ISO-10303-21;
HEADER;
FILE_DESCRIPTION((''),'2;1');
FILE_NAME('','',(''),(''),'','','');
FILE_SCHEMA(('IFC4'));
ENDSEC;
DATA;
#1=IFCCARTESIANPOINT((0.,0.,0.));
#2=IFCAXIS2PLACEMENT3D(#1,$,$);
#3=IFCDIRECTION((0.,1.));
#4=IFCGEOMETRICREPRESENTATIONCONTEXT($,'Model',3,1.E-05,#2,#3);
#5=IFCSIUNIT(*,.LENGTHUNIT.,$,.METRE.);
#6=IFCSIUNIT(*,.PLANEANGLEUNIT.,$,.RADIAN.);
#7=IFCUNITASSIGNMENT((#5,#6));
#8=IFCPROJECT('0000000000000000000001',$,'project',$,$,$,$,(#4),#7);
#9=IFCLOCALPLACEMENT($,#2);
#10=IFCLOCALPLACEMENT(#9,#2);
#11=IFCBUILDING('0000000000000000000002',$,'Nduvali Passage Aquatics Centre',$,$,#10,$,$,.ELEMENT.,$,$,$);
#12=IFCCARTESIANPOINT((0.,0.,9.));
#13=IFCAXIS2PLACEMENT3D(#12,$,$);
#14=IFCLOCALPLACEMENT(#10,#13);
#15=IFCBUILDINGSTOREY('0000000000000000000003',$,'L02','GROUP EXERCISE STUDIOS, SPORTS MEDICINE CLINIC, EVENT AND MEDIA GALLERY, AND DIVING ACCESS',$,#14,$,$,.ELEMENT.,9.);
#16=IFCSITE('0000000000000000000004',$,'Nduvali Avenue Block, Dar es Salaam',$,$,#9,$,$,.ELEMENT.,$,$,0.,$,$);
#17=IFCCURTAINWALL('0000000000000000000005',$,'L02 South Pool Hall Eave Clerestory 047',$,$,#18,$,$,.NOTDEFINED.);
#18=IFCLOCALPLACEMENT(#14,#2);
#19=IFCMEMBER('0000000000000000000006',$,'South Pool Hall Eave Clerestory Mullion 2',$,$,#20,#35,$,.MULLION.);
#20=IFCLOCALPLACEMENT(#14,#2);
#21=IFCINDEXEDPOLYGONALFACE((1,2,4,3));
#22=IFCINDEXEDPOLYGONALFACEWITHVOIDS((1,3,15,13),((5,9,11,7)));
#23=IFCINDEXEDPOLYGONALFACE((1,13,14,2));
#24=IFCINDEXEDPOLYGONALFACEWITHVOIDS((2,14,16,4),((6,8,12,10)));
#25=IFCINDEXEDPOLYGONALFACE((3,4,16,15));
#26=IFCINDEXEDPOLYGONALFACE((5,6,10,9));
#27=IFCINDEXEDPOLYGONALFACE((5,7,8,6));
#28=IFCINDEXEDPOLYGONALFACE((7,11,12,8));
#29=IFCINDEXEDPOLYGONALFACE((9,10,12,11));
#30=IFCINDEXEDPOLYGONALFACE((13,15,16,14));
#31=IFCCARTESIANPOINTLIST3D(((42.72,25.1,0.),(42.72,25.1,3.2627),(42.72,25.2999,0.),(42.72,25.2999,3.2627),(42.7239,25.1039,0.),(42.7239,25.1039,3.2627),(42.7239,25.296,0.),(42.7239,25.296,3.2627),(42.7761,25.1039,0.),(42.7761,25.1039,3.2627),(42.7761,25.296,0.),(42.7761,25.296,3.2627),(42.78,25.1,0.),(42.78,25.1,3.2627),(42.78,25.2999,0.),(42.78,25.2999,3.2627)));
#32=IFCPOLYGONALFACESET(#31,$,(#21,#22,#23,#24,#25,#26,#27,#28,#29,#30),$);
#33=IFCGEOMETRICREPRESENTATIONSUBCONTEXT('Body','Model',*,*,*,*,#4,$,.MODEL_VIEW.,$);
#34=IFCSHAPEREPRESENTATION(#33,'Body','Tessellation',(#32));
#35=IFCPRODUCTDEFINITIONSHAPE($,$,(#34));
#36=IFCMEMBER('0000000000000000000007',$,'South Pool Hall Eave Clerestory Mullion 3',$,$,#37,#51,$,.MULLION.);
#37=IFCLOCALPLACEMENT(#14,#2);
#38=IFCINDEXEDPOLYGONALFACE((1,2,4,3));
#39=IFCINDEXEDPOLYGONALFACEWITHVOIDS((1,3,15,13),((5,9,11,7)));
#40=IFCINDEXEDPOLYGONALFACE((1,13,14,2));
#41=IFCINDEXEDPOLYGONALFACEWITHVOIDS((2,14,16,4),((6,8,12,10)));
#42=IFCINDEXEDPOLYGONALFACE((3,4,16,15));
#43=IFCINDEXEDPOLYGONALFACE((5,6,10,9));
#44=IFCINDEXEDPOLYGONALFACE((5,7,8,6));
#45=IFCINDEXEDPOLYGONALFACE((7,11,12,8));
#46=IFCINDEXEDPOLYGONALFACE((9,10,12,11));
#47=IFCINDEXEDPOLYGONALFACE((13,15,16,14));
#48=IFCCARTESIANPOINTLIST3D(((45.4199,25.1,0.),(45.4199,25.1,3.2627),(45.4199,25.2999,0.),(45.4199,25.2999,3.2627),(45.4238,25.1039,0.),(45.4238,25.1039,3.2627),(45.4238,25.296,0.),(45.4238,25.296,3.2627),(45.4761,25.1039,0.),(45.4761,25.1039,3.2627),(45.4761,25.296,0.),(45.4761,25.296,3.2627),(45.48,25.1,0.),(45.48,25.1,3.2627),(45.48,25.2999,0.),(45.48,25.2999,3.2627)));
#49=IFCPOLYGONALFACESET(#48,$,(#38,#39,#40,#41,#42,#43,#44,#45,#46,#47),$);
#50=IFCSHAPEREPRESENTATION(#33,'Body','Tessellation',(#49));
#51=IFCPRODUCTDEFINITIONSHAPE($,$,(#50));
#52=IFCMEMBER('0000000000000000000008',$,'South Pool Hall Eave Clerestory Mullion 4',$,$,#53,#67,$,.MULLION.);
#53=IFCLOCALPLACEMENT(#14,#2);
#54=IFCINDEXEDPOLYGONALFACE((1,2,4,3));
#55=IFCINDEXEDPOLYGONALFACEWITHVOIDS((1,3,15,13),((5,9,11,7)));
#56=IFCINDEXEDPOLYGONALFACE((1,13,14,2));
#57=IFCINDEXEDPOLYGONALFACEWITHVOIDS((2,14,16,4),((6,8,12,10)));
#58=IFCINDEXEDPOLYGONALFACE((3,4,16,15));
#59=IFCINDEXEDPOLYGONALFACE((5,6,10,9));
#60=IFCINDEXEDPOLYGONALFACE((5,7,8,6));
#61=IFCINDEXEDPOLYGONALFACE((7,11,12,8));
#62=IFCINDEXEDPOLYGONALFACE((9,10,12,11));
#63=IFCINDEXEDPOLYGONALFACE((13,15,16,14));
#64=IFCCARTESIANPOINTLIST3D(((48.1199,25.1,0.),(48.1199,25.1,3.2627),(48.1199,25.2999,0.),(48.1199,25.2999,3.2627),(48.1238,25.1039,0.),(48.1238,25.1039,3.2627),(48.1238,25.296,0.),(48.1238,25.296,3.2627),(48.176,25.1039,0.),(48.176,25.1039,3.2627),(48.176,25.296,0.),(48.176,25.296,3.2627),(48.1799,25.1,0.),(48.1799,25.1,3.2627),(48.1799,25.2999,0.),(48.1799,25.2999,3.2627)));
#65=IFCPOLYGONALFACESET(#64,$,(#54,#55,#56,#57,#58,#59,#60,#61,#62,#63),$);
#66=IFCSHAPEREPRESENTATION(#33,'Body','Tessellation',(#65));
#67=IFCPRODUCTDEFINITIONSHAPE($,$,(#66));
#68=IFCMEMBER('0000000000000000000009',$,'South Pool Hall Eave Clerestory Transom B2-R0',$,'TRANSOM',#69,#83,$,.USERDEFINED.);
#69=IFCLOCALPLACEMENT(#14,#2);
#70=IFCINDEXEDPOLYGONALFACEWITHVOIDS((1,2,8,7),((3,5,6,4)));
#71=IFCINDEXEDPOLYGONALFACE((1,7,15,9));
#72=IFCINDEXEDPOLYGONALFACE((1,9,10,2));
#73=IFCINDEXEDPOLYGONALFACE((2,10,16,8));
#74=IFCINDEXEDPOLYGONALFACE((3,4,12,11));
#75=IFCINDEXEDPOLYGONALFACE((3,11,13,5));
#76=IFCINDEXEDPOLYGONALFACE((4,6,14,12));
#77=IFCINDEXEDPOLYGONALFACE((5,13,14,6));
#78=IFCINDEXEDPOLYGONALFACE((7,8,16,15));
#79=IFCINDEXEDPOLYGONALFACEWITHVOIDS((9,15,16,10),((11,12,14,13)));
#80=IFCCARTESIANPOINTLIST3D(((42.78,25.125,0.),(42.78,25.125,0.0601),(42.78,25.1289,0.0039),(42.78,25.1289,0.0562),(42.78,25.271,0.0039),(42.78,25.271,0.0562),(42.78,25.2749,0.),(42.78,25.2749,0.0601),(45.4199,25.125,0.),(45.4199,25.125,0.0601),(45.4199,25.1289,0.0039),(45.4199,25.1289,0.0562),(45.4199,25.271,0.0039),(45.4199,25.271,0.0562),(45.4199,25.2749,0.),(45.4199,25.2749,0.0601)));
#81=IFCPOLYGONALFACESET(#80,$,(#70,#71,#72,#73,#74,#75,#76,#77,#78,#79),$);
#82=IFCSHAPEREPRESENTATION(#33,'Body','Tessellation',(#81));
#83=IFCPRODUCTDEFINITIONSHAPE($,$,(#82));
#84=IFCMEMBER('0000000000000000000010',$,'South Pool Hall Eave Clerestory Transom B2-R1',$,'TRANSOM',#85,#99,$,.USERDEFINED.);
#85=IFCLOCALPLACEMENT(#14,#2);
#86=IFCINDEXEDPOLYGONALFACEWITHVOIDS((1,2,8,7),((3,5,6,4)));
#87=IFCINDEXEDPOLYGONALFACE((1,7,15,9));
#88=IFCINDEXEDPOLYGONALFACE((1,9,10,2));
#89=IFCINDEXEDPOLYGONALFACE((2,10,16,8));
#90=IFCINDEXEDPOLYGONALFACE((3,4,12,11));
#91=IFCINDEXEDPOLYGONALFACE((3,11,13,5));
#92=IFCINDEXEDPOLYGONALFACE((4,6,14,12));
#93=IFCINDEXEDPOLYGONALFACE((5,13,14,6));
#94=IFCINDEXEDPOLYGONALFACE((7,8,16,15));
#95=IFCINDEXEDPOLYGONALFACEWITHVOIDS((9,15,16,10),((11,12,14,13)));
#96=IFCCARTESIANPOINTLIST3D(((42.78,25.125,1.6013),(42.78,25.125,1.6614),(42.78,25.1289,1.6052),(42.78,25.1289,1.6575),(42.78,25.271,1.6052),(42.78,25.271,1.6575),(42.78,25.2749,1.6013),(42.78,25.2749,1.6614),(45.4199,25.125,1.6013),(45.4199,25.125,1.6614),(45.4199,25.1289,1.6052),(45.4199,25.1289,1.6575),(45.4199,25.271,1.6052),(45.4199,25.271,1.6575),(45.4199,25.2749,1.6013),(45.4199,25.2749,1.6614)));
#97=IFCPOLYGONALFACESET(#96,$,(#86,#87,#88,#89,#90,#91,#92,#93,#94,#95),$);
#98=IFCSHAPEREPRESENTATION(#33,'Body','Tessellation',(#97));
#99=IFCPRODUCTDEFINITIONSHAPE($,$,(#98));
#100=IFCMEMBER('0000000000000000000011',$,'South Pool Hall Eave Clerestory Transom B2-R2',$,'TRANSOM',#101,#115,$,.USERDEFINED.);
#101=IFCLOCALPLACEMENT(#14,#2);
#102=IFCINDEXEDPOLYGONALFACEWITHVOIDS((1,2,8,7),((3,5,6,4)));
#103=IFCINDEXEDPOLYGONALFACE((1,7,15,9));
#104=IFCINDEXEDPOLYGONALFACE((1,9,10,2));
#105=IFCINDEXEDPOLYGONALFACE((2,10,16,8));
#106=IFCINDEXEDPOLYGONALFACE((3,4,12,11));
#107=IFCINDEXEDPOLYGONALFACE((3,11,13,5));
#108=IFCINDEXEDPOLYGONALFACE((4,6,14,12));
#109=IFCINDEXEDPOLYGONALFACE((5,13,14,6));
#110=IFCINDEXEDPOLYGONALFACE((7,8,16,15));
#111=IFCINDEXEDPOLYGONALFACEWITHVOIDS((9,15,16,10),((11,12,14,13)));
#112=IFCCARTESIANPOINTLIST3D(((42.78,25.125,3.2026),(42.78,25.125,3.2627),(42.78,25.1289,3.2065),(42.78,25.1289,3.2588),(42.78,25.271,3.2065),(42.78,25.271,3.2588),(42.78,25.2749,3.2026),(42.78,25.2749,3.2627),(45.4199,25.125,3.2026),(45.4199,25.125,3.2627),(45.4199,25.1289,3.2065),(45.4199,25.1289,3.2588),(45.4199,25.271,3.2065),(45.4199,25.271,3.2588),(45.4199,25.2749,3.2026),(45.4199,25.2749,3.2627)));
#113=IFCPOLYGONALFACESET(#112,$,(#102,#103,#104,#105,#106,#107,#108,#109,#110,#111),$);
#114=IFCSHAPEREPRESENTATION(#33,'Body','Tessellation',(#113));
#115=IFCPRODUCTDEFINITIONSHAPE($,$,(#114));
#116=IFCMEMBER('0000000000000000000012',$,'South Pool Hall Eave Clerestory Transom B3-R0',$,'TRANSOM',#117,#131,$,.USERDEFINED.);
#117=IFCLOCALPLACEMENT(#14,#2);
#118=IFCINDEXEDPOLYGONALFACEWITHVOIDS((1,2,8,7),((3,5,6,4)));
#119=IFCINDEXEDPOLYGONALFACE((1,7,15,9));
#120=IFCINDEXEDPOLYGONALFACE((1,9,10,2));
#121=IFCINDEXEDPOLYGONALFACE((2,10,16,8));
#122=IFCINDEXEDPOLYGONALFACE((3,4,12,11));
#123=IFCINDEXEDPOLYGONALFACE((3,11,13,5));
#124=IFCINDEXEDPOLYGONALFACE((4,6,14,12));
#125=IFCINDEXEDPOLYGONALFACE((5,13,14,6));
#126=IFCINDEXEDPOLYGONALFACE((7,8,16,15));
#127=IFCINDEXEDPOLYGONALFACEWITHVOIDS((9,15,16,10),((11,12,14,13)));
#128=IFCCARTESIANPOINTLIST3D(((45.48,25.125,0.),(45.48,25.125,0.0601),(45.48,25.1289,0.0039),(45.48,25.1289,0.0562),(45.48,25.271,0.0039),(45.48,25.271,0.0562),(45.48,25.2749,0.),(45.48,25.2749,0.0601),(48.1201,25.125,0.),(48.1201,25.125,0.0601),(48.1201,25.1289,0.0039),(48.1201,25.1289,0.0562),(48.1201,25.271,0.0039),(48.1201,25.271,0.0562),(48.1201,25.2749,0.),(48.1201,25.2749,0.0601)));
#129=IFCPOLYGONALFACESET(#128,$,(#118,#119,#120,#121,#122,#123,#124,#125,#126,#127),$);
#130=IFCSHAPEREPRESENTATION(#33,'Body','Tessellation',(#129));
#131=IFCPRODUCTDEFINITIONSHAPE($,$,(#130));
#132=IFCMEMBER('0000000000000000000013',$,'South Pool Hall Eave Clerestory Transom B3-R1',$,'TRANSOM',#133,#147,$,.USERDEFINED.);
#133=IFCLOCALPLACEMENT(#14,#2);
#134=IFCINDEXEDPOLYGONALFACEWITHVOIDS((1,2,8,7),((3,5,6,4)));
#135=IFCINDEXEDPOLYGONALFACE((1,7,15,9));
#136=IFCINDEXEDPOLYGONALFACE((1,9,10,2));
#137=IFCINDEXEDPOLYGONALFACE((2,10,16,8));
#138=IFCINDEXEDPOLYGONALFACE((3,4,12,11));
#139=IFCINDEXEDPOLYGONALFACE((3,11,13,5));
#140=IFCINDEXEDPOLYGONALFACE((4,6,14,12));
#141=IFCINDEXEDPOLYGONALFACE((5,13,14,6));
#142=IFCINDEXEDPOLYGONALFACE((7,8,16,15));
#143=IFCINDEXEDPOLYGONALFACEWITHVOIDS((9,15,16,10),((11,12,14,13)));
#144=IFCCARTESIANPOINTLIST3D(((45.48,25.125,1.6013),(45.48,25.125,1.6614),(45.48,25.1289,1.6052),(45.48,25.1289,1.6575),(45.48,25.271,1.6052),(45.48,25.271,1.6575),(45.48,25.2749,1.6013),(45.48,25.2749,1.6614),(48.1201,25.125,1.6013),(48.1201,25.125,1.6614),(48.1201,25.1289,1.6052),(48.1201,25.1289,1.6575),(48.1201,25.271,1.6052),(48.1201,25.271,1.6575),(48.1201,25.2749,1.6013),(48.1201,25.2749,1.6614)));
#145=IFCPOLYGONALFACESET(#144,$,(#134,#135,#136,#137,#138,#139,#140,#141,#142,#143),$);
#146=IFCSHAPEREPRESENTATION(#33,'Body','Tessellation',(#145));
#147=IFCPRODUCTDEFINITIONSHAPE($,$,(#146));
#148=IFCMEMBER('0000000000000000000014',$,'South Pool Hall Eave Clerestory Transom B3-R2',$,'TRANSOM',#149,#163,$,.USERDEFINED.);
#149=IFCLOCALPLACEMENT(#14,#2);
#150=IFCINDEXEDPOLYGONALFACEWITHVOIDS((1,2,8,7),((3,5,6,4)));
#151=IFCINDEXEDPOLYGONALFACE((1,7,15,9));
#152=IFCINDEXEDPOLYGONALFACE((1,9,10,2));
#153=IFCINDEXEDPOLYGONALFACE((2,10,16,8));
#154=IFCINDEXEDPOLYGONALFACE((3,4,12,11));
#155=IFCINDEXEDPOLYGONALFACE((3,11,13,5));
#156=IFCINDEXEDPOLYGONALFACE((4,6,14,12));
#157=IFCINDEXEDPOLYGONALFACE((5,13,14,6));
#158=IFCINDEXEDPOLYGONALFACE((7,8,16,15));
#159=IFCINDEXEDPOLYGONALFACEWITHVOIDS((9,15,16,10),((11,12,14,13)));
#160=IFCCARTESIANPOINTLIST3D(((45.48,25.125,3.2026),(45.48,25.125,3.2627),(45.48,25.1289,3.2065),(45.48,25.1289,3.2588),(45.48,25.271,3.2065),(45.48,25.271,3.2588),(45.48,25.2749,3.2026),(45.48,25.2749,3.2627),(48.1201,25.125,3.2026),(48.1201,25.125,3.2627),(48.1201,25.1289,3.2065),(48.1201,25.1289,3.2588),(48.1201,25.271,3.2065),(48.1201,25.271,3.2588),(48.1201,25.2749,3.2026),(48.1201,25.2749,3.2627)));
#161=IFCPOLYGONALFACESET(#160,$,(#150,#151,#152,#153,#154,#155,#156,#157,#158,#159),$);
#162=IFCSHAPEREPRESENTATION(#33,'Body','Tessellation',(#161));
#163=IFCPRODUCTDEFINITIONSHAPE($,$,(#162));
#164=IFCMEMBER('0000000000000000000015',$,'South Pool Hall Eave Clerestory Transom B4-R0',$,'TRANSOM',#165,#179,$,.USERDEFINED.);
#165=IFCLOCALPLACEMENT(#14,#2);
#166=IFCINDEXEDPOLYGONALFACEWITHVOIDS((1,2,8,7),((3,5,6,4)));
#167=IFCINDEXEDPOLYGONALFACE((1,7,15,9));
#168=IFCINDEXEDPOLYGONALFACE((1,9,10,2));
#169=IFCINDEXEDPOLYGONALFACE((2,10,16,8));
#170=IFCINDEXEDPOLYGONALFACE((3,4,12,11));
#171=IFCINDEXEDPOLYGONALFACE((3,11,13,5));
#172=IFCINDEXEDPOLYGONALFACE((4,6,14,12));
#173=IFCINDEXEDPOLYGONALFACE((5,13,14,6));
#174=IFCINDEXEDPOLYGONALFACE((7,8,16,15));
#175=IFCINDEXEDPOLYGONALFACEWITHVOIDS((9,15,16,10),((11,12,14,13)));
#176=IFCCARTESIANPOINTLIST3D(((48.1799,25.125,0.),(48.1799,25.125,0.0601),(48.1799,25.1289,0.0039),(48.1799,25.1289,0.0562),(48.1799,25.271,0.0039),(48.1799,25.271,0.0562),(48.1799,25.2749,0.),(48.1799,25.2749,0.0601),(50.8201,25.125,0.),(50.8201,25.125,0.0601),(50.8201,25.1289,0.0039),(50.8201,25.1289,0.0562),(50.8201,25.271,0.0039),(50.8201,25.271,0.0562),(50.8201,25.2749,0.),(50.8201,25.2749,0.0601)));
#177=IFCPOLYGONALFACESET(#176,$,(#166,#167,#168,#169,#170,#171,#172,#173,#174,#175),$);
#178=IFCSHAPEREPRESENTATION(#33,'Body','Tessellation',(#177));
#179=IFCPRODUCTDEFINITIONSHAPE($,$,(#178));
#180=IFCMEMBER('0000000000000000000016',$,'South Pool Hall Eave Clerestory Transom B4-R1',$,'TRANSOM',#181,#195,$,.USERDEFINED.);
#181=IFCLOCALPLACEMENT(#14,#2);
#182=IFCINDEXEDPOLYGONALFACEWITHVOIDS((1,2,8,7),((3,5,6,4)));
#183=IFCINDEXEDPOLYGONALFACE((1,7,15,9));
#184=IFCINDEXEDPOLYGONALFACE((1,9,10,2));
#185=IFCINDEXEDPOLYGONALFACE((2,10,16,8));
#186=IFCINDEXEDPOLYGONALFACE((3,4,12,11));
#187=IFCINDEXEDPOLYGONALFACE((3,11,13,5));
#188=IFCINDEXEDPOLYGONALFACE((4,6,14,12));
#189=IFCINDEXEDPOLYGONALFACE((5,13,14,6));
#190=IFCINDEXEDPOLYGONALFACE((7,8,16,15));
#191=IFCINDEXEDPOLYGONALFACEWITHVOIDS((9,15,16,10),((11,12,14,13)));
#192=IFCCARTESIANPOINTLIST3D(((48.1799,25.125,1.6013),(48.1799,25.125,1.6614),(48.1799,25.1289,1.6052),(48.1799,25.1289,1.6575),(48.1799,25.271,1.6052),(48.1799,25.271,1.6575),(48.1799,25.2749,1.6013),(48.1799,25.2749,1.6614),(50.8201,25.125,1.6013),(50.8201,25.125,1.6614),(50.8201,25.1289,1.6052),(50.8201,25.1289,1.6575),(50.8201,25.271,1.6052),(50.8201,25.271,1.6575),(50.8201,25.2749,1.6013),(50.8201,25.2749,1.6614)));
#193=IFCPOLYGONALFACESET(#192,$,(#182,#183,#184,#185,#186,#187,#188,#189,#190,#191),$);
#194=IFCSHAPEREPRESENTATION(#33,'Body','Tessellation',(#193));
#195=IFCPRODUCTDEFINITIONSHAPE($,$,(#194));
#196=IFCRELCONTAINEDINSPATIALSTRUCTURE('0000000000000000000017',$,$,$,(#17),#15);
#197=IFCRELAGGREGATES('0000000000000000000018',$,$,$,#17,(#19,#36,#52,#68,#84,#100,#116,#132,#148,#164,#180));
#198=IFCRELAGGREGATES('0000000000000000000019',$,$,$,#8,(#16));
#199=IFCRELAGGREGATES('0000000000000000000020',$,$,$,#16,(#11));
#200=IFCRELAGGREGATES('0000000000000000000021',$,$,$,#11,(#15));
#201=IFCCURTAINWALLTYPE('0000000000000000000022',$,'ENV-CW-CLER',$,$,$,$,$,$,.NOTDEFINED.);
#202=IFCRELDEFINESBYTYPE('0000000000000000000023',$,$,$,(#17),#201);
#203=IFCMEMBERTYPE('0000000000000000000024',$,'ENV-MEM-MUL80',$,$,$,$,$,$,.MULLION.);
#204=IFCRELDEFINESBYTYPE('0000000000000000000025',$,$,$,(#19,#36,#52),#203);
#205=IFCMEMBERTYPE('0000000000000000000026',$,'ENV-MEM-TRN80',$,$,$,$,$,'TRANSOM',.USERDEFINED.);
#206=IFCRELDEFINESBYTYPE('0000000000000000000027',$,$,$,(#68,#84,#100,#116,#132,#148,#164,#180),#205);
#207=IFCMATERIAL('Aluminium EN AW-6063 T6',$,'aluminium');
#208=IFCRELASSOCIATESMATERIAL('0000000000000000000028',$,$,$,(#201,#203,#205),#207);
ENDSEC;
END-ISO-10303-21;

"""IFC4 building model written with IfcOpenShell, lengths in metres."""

from ifc_helpers import new_model, si_unit, direction, frame, origin, origin_2d, place, context, subcontext, project, spatial, hollow_rectangle, extrude, material, material_profile, profile_set, type_object, element, aggregate, save


model = new_model("IFC4")

# Units and contexts
model_context = context("Model", 3, precision=1e-05, world=origin(), true_north=direction((0.0, 1.0)))
body_context = subcontext(model_context, "Body", "Model", "MODEL_VIEW")
ifc_project = project(units=[si_unit("LENGTHUNIT", "METRE"), si_unit("PLANEANGLEUNIT", "RADIAN")], contexts=[model_context])

# Site, building, storey
site_placement = place(None, origin())
site = spatial("IfcSite", under=ifc_project, at=site_placement, Name="Nduvali Avenue Block, Dar es Salaam", CompositionType="ELEMENT", RefElevation=0.0)
building_placement = place(site_placement, origin())
building = spatial("IfcBuilding", under=site, at=building_placement, Name="Nduvali Passage Aquatics Centre", CompositionType="ELEMENT")
storey_placement = place(building_placement, frame((0.0, 0.0, 9.0)))
storey = spatial("IfcBuildingStorey", under=building, at=storey_placement, Name="L02", Description="GROUP EXERCISE STUDIOS, SPORTS MEDICINE CLINIC, EVENT AND MEDIA GALLERY, AND DIVING ACCESS", CompositionType="ELEMENT", Elevation=9.0)

# Curtain wall, members
ifc_material_1 = material(Name="Aluminium EN AW-6063 T6", Category="aluminium")
curtain_wall_type = type_object("IfcCurtainWallType", Name="ENV-CW-CLER", PredefinedType="NOTDEFINED", material=ifc_material_1)
curtain_wall_placement = place(storey_placement, origin())
curtain_wall = element("IfcCurtainWall", 1, at=curtain_wall_placement, inside=storey, type_object=curtain_wall_type, Name="L02 South Pool Hall Eave Clerestory 047", PredefinedType="NOTDEFINED")
ifc_material_profile_1 = material_profile(ifc_material_1, hollow_rectangle(XDim=0.0601, YDim=0.2, WallThickness=0.0039, at=origin_2d()), Name="ALU MULLION 60x200x4")
ifc_profile_set_1 = profile_set([ifc_material_profile_1], Name="Aluminium EN AW-6063 T6")
member_type_1 = type_object("IfcMemberType", Name="ENV-MEM-MUL80", PredefinedType="MULLION", material=ifc_profile_set_1)
member_1_placement = place(storey_placement, frame((42.75, 25.2, 0.0), z_axis=(0.0, 0.0, 1.0), x_axis=(1.0, 0.0, 0.0)))
member_1 = element("IfcMember", 2, at=member_1_placement, type_object=member_type_1, Name="South Pool Hall Eave Clerestory Mullion 2", PredefinedType="MULLION", context=body_context, shape_type="SweptSolid", body=[
    extrude(hollow_rectangle(XDim=0.0601, YDim=0.2, WallThickness=0.0039, at=origin_2d()), origin(), (0.0, 0.0, 1.0), 3.2627),
])
member_2_placement = place(storey_placement, frame((45.45, 25.2, 0.0), z_axis=(0.0, 0.0, 1.0), x_axis=(1.0, 0.0, 0.0)))
member_2 = element("IfcMember", 3, at=member_2_placement, type_object=member_type_1, Name="South Pool Hall Eave Clerestory Mullion 3", PredefinedType="MULLION", context=body_context, shape_type="SweptSolid", body=[
    extrude(hollow_rectangle(XDim=0.0601, YDim=0.2, WallThickness=0.0039, at=origin_2d()), origin(), (0.0, 0.0, 1.0), 3.2627),
])
member_3_placement = place(storey_placement, frame((48.1499, 25.2, 0.0), z_axis=(0.0, 0.0, 1.0), x_axis=(1.0, 0.0, 0.0)))
member_3 = element("IfcMember", 4, at=member_3_placement, type_object=member_type_1, Name="South Pool Hall Eave Clerestory Mullion 4", PredefinedType="MULLION", context=body_context, shape_type="SweptSolid", body=[
    extrude(hollow_rectangle(XDim=0.0601, YDim=0.2, WallThickness=0.0039, at=origin_2d()), origin(), (0.0, 0.0, 1.0), 3.2627),
])
ifc_material_profile_2 = material_profile(ifc_material_1, hollow_rectangle(XDim=0.1499, YDim=0.0601, WallThickness=0.0039, at=origin_2d()), Name="ALU TRANSOM 150x60x4")
ifc_profile_set_2 = profile_set([ifc_material_profile_2], Name="Aluminium EN AW-6063 T6")
member_type_2 = type_object("IfcMemberType", Name="ENV-MEM-TRN80", ElementType="TRANSOM", PredefinedType="USERDEFINED", material=ifc_profile_set_2)
member_4_placement = place(storey_placement, frame((42.78, 25.2, 0.03), z_axis=(1.0, 0.0, 0.0), x_axis=(0.0, 1.0, 0.0)))
member_4 = element("IfcMember", 5, at=member_4_placement, type_object=member_type_2, Name="South Pool Hall Eave Clerestory Transom B2-R0", ObjectType="TRANSOM", PredefinedType="USERDEFINED", context=body_context, shape_type="SweptSolid", body=[
    extrude(hollow_rectangle(XDim=0.1499, YDim=0.0601, WallThickness=0.0039, at=origin_2d()), origin(), (0.0, 0.0, 1.0), 2.6399),
])
member_5_placement = place(storey_placement, frame((42.78, 25.2, 1.6313), z_axis=(1.0, 0.0, 0.0), x_axis=(0.0, 1.0, 0.0)))
member_5 = element("IfcMember", 6, at=member_5_placement, type_object=member_type_2, Name="South Pool Hall Eave Clerestory Transom B2-R1", ObjectType="TRANSOM", PredefinedType="USERDEFINED", context=body_context, shape_type="SweptSolid", body=[
    extrude(hollow_rectangle(XDim=0.1499, YDim=0.0601, WallThickness=0.0039, at=origin_2d()), origin(), (0.0, 0.0, 1.0), 2.6399),
])
member_6_placement = place(storey_placement, frame((42.78, 25.2, 3.2327), z_axis=(1.0, 0.0, 0.0), x_axis=(0.0, 1.0, 0.0)))
member_6 = element("IfcMember", 7, at=member_6_placement, type_object=member_type_2, Name="South Pool Hall Eave Clerestory Transom B2-R2", ObjectType="TRANSOM", PredefinedType="USERDEFINED", context=body_context, shape_type="SweptSolid", body=[
    extrude(hollow_rectangle(XDim=0.1499, YDim=0.0601, WallThickness=0.0039, at=origin_2d()), origin(), (0.0, 0.0, 1.0), 2.6399),
])
member_7_placement = place(storey_placement, frame((45.48, 25.2, 0.03), z_axis=(1.0, 0.0, 0.0), x_axis=(0.0, 1.0, 0.0)))
member_7 = element("IfcMember", 8, at=member_7_placement, type_object=member_type_2, Name="South Pool Hall Eave Clerestory Transom B3-R0", ObjectType="TRANSOM", PredefinedType="USERDEFINED", context=body_context, shape_type="SweptSolid", body=[
    extrude(hollow_rectangle(XDim=0.1499, YDim=0.0601, WallThickness=0.0039, at=origin_2d()), origin(), (0.0, 0.0, 1.0), 2.6401),
])
member_8_placement = place(storey_placement, frame((45.48, 25.2, 1.6313), z_axis=(1.0, 0.0, 0.0), x_axis=(0.0, 1.0, 0.0)))
member_8 = element("IfcMember", 9, at=member_8_placement, type_object=member_type_2, Name="South Pool Hall Eave Clerestory Transom B3-R1", ObjectType="TRANSOM", PredefinedType="USERDEFINED", context=body_context, shape_type="SweptSolid", body=[
    extrude(hollow_rectangle(XDim=0.1499, YDim=0.0601, WallThickness=0.0039, at=origin_2d()), origin(), (0.0, 0.0, 1.0), 2.6401),
])
member_9_placement = place(storey_placement, frame((45.48, 25.2, 3.2327), z_axis=(1.0, 0.0, 0.0), x_axis=(0.0, 1.0, 0.0)))
member_9 = element("IfcMember", 10, at=member_9_placement, type_object=member_type_2, Name="South Pool Hall Eave Clerestory Transom B3-R2", ObjectType="TRANSOM", PredefinedType="USERDEFINED", context=body_context, shape_type="SweptSolid", body=[
    extrude(hollow_rectangle(XDim=0.1499, YDim=0.0601, WallThickness=0.0039, at=origin_2d()), origin(), (0.0, 0.0, 1.0), 2.6401),
])
member_10_placement = place(storey_placement, frame((48.1799, 25.2, 0.03), z_axis=(1.0, 0.0, 0.0), x_axis=(0.0, 1.0, 0.0)))
member_10 = element("IfcMember", 11, at=member_10_placement, type_object=member_type_2, Name="South Pool Hall Eave Clerestory Transom B4-R0", ObjectType="TRANSOM", PredefinedType="USERDEFINED", context=body_context, shape_type="SweptSolid", body=[
    extrude(hollow_rectangle(XDim=0.1499, YDim=0.0601, WallThickness=0.0039, at=origin_2d()), origin(), (0.0, 0.0, 1.0), 2.6401),
])
member_11_placement = place(storey_placement, frame((48.1799, 25.2, 1.6313), z_axis=(1.0, 0.0, 0.0), x_axis=(0.0, 1.0, 0.0)))
member_11 = element("IfcMember", 12, at=member_11_placement, type_object=member_type_2, Name="South Pool Hall Eave Clerestory Transom B4-R1", ObjectType="TRANSOM", PredefinedType="USERDEFINED", context=body_context, shape_type="SweptSolid", body=[
    extrude(hollow_rectangle(XDim=0.1499, YDim=0.0601, WallThickness=0.0039, at=origin_2d()), origin(), (0.0, 0.0, 1.0), 2.6401),
])

aggregate(curtain_wall, [member_1, member_2, member_3, member_4, member_5, member_6, member_7, member_8, member_9, member_10, member_11])

save(model, "model.ifc")
